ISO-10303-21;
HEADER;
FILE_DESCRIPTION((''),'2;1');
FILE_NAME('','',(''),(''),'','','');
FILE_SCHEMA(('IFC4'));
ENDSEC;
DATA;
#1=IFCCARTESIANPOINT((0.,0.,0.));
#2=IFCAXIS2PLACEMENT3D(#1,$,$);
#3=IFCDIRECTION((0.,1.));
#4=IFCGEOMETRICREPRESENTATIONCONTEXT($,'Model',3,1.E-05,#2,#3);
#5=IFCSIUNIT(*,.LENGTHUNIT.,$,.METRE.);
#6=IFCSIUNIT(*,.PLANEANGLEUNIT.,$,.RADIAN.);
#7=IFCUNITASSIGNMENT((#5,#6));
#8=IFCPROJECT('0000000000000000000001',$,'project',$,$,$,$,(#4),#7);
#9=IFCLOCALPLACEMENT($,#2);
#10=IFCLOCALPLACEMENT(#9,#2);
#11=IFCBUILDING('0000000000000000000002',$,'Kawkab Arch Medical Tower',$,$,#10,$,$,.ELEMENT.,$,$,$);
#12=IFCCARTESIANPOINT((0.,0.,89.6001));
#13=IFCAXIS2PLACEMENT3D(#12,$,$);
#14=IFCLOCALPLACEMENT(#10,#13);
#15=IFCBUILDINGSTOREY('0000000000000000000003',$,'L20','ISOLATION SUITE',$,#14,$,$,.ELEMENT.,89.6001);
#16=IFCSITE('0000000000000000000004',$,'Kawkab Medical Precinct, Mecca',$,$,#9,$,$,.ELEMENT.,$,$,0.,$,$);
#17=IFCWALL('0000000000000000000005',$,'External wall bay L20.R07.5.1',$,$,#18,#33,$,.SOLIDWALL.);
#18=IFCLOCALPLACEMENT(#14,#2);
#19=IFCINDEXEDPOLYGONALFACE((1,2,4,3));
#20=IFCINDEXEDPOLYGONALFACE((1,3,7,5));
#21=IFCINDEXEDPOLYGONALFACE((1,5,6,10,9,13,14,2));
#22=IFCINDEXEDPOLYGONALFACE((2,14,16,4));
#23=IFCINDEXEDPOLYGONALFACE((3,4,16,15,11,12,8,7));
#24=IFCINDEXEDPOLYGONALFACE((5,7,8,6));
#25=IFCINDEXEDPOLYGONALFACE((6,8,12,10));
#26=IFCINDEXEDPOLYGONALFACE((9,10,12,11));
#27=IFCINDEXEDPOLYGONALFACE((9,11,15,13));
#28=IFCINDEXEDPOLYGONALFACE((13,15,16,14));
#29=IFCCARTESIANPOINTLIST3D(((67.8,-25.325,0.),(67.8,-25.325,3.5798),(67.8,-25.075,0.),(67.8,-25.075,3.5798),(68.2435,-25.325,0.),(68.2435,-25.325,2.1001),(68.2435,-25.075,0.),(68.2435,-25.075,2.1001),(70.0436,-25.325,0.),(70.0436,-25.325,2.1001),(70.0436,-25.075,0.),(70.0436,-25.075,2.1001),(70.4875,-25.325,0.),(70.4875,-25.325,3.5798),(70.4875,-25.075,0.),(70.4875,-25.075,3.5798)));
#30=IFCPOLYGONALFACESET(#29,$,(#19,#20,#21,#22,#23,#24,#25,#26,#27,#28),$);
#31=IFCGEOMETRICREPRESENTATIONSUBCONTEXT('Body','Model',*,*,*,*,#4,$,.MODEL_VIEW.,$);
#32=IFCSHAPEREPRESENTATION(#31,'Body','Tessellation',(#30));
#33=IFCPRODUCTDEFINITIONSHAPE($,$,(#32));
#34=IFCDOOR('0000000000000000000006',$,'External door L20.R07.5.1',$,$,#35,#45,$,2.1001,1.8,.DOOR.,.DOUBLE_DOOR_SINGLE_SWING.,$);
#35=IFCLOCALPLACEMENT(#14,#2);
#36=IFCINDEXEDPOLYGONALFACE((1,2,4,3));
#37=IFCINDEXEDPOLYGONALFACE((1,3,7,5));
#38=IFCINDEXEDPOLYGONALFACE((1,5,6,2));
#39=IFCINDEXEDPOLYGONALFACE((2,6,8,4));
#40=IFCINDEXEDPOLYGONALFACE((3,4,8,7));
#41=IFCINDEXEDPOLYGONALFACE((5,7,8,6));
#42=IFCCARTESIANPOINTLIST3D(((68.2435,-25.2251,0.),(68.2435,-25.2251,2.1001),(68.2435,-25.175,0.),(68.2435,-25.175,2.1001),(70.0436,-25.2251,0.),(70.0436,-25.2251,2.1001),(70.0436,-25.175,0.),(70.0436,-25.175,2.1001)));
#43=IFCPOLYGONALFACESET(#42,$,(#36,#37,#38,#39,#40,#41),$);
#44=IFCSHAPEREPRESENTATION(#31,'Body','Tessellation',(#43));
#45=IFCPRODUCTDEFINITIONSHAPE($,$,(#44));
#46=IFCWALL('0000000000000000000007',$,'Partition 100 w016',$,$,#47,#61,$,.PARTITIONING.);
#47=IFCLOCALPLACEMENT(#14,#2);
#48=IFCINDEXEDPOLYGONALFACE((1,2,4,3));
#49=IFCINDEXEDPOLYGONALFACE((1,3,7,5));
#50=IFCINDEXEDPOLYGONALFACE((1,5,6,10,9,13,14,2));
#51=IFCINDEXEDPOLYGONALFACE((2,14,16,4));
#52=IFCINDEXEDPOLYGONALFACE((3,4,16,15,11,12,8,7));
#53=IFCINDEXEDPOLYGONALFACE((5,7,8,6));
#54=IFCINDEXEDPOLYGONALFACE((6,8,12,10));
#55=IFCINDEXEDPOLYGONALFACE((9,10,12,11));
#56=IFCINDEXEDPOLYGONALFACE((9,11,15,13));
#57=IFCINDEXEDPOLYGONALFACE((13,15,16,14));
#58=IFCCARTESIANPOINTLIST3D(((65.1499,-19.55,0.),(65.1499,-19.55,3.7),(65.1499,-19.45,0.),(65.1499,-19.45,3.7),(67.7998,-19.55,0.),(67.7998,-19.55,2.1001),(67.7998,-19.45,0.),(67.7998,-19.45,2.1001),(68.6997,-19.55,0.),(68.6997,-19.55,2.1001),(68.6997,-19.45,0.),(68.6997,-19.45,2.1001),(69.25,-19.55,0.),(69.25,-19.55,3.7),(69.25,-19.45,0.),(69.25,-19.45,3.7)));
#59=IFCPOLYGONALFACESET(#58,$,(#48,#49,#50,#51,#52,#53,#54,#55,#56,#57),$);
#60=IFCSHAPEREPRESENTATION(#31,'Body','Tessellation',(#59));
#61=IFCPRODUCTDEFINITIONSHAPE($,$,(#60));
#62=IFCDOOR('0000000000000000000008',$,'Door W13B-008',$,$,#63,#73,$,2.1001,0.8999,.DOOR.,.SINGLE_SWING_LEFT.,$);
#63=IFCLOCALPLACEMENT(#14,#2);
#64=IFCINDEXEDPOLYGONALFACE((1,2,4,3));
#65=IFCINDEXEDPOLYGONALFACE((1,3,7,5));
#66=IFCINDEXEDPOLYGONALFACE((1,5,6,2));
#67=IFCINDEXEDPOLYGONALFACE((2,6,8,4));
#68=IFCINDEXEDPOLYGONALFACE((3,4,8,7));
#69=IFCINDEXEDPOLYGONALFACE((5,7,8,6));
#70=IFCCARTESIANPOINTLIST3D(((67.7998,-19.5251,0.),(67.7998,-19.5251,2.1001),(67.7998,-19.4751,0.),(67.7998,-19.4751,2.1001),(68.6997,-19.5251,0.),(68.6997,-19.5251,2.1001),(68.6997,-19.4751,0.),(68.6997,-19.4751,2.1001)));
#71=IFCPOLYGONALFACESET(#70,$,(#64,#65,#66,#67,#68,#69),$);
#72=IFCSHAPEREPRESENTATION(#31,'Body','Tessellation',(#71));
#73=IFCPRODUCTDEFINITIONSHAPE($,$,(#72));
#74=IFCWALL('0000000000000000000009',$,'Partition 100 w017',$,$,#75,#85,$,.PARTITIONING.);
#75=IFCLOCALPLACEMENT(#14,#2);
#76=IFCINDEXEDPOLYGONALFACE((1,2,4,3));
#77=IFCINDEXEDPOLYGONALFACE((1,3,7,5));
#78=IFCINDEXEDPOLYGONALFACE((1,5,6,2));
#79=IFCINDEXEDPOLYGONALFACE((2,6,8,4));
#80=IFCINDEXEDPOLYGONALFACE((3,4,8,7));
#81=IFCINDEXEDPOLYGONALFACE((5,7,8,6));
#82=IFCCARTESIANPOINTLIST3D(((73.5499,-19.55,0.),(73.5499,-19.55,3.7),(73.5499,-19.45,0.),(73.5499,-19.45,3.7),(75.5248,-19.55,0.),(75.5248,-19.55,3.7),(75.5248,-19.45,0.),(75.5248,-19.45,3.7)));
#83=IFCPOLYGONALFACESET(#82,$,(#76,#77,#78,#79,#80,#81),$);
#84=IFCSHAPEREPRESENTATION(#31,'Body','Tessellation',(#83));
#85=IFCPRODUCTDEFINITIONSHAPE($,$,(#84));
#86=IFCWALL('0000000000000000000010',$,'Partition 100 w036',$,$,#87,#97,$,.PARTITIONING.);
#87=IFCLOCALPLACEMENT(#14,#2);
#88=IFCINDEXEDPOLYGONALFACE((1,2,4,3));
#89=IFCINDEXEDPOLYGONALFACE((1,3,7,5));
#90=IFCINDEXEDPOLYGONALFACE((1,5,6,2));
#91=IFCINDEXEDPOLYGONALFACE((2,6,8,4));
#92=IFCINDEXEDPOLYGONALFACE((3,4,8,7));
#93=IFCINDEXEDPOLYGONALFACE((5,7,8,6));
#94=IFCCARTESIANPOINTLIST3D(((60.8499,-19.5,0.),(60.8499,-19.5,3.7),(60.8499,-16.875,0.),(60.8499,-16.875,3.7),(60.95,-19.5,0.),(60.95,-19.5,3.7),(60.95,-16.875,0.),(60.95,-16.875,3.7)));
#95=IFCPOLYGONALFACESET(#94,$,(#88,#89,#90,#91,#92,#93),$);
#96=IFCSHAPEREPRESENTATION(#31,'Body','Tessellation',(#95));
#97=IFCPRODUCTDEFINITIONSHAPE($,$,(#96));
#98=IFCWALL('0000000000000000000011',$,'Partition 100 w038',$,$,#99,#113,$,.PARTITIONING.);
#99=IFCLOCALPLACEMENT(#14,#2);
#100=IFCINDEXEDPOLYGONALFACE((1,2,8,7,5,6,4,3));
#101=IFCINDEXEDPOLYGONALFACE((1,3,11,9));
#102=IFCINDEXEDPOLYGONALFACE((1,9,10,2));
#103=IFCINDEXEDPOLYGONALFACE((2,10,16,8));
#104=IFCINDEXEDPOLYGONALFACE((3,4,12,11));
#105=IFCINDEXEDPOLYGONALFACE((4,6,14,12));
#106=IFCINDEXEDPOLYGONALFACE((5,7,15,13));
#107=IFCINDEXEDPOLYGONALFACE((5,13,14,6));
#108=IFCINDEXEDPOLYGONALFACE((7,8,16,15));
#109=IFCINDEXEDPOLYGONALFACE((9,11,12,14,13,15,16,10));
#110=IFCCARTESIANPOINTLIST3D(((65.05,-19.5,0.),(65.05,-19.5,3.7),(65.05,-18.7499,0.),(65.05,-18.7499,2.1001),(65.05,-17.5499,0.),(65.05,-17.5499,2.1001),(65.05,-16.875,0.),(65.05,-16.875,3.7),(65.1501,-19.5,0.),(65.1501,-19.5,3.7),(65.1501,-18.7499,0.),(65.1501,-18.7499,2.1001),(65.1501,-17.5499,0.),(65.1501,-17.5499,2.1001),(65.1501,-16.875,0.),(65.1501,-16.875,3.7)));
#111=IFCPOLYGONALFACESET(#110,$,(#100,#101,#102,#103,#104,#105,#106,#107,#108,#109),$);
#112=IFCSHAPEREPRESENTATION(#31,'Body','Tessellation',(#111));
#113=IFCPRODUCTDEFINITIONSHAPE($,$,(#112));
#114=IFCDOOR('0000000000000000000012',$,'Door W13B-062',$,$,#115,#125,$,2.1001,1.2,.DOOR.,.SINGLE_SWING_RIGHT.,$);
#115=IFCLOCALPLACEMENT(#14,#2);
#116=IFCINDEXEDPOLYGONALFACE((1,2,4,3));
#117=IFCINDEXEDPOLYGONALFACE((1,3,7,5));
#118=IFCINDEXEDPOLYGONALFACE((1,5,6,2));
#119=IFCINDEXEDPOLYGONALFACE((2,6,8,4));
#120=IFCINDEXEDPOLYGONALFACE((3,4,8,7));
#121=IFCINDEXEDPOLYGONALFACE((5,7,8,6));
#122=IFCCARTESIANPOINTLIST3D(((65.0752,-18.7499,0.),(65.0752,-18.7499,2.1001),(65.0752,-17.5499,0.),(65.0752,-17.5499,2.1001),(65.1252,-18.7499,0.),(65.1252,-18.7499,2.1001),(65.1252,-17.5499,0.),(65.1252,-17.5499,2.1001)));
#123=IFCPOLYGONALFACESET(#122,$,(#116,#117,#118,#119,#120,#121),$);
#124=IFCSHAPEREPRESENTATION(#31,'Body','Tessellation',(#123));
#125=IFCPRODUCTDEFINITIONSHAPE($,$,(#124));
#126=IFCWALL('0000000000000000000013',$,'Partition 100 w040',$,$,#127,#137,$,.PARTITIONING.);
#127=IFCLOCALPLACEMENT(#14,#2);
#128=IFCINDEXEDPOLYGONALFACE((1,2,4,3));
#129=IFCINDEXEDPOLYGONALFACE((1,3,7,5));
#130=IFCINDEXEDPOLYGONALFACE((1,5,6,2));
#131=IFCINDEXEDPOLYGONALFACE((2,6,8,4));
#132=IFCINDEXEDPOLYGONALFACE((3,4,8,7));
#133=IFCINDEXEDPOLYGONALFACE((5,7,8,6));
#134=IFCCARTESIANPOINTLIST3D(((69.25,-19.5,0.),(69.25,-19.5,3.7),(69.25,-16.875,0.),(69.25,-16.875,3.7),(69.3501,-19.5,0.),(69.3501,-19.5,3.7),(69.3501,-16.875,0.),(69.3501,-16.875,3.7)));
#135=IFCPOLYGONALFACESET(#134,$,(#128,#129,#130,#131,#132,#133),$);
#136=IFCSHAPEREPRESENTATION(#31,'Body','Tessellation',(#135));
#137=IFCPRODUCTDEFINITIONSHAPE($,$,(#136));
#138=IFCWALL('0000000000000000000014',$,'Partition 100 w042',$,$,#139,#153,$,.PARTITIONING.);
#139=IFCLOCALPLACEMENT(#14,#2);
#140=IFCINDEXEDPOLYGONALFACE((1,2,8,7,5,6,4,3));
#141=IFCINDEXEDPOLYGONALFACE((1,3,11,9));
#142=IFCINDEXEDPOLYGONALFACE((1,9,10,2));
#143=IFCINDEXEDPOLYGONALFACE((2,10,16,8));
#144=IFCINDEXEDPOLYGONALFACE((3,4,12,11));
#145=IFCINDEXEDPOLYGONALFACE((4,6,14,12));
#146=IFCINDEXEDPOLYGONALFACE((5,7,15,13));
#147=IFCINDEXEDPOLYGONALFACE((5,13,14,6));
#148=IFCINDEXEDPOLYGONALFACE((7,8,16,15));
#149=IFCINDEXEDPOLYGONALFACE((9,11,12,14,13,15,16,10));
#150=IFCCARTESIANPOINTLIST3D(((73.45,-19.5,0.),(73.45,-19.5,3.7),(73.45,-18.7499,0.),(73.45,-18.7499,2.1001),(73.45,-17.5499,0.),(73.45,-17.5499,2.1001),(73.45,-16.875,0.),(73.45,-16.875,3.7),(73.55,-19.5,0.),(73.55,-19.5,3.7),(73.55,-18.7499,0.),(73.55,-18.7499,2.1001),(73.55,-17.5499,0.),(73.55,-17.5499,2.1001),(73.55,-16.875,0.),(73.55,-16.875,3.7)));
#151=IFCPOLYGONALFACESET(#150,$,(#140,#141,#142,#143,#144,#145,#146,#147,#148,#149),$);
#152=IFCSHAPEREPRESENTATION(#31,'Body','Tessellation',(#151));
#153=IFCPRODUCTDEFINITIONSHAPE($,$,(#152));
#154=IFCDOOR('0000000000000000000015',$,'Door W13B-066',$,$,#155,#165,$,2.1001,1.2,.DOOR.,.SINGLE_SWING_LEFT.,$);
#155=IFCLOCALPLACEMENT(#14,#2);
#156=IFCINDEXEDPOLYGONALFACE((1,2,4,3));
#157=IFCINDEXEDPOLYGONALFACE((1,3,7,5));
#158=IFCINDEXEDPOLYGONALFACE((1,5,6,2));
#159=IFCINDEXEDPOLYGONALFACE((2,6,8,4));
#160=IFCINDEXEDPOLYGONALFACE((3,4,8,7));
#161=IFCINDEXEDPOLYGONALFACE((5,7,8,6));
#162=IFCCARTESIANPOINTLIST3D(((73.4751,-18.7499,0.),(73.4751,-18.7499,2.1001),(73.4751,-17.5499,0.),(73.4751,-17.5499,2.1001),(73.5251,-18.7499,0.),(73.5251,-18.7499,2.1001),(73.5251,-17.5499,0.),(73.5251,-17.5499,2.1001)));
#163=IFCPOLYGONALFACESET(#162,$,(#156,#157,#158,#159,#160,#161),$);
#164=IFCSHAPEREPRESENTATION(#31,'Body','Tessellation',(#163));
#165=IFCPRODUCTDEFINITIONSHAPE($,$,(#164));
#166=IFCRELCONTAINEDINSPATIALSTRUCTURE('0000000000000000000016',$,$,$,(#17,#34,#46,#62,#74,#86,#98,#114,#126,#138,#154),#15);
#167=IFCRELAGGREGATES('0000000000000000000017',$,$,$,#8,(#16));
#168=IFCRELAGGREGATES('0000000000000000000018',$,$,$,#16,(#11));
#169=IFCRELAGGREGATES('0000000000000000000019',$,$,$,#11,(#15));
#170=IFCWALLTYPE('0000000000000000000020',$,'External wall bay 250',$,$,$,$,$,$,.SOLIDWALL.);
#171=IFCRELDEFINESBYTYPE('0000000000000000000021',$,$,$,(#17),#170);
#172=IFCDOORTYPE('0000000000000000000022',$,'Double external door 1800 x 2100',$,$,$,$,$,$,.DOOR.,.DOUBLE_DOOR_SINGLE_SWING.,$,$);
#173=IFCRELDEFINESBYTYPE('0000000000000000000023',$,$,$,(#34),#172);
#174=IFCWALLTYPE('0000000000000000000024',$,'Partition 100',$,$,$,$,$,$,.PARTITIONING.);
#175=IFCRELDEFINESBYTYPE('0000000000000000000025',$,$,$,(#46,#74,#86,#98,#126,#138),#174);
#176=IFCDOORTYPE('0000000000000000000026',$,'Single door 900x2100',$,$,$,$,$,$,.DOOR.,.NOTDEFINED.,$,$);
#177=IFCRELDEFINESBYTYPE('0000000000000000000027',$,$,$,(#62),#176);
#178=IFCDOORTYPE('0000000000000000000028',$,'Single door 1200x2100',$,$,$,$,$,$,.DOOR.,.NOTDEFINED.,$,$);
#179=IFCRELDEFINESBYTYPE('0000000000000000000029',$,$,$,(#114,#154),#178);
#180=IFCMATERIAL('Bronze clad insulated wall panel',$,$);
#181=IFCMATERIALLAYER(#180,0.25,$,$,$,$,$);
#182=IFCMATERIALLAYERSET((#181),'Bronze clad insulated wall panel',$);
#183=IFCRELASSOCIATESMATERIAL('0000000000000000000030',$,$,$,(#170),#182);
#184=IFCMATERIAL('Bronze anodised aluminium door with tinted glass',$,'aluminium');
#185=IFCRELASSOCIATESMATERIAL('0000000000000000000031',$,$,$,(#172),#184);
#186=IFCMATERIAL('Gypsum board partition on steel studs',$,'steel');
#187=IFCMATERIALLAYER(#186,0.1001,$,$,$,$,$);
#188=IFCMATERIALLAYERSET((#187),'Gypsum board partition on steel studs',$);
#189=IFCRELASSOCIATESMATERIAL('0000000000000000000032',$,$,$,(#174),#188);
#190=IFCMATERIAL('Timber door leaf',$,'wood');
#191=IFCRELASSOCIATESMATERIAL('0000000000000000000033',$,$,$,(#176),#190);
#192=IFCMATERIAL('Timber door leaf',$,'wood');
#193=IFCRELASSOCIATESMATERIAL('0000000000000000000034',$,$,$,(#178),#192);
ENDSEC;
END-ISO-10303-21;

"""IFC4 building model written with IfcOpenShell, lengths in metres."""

from ifc_helpers import new_model, si_unit, direction, frame, frame_2d, origin, place, context, subcontext, project, spatial, rectangle, extrude, material, layer, layer_set, type_object, element, fill, save


model = new_model("IFC4")

# Units and contexts
model_context = context("Model", 3, precision=1e-05, world=origin(), true_north=direction((0.0, 1.0)))
body_context = subcontext(model_context, "Body", "Model", "MODEL_VIEW")
ifc_project = project(units=[si_unit("LENGTHUNIT", "METRE"), si_unit("PLANEANGLEUNIT", "RADIAN")], contexts=[model_context])

# Site, building, storey
site_placement = place(None, origin())
site = spatial("IfcSite", under=ifc_project, at=site_placement, Name="Kawkab Medical Precinct, Mecca", CompositionType="ELEMENT", RefElevation=0.0)
building_placement = place(site_placement, origin())
building = spatial("IfcBuilding", under=site, at=building_placement, Name="Kawkab Arch Medical Tower", CompositionType="ELEMENT")
storey_placement = place(building_placement, frame((0.0, 0.0, 89.6001)))
storey = spatial("IfcBuildingStorey", under=building, at=storey_placement, Name="L20", Description="ISOLATION SUITE", CompositionType="ELEMENT", Elevation=89.6001)

# Walls, openings, doors
ifc_material_1 = material(Name="Bronze clad insulated wall panel")
ifc_layer_1 = layer(ifc_material_1, 0.25)
ifc_layer_set_1 = layer_set([ifc_layer_1], Name="Bronze clad insulated wall panel")
wall_type_1 = type_object("IfcWallType", Name="External wall bay 250", PredefinedType="SOLIDWALL", material=ifc_layer_set_1)
wall_1_placement = place(storey_placement, frame((67.8, -25.2, 0.0), z_axis=(0.0, 0.0, 1.0), x_axis=(1.0, 0.0, 0.0)))
wall_1 = element("IfcWall", 1, at=wall_1_placement, inside=storey, type_object=wall_type_1, Name="External wall bay L20.R07.5.1", PredefinedType="SOLIDWALL", context=body_context, shape_type="SweptSolid", body=[
    extrude(rectangle(XDim=2.6875, YDim=0.25, at=frame_2d((1.3438, 0.0))), origin(), (0.0, 0.0, 1.0), 3.5798),
])
opening_1_placement = place(wall_1_placement, frame((0.4436, 0.0, 0.0)))
opening_1 = element("IfcOpeningElement", 2, at=opening_1_placement, cuts=wall_1, PredefinedType="OPENING", context=body_context, shape_type="SweptSolid", body=[
    extrude(rectangle(XDim=1.8, YDim=2.1001, at=frame_2d((0.8999, 1.05))), frame((0.0, 0.135, 0.0), z_axis=(0.0, -1.0, 0.0), x_axis=(1.0, 0.0, 0.0)), (0.0, 0.0, 1.0), 0.27),
])
ifc_material_2 = material(Name="Bronze anodised aluminium door with tinted glass", Category="aluminium")
door_type_1 = type_object("IfcDoorType", Name="Double external door 1800 x 2100", OperationType="DOUBLE_DOOR_SINGLE_SWING", PredefinedType="DOOR", material=ifc_material_2)
door_1_placement = place(opening_1_placement, origin())
door_1 = element("IfcDoor", 3, at=door_1_placement, inside=storey, type_object=door_type_1, Name="External door L20.R07.5.1", OperationType="DOUBLE_DOOR_SINGLE_SWING", OverallHeight=2.1001, OverallWidth=1.8, PredefinedType="DOOR", context=body_context, shape_type="SweptSolid", body=[
    extrude(rectangle(XDim=1.8, YDim=2.1001, at=frame_2d((0.8999, 1.05))), frame((0.0, 0.0249, 0.0), z_axis=(0.0, -1.0, 0.0), x_axis=(1.0, 0.0, 0.0)), (0.0, 0.0, 1.0), 0.05),
])
fill(opening_1, door_1)
ifc_material_3 = material(Name="Gypsum board partition on steel studs", Category="steel")
ifc_layer_2 = layer(ifc_material_3, 0.1001)
ifc_layer_set_2 = layer_set([ifc_layer_2], Name="Gypsum board partition on steel studs")
wall_type_2 = type_object("IfcWallType", Name="Partition 100", PredefinedType="PARTITIONING", material=ifc_layer_set_2)
wall_2_placement = place(storey_placement, frame((65.1499, -19.5, 0.0), z_axis=(0.0, 0.0, 1.0), x_axis=(1.0, 0.0, 0.0)))
wall_2 = element("IfcWall", 4, at=wall_2_placement, inside=storey, type_object=wall_type_2, Name="Partition 100 w016", PredefinedType="PARTITIONING", context=body_context, shape_type="SweptSolid", body=[
    extrude(rectangle(XDim=4.1001, YDim=0.1001, at=frame_2d((2.05, 0.0))), origin(), (0.0, 0.0, 1.0), 3.7),
])
opening_2_placement = place(wall_2_placement, frame((2.6499, 0.0, 0.0)))
opening_2 = element("IfcOpeningElement", 5, at=opening_2_placement, cuts=wall_2, PredefinedType="OPENING", context=body_context, shape_type="SweptSolid", body=[
    extrude(rectangle(XDim=0.8999, YDim=2.1001, at=frame_2d((0.45, 1.05))), frame((0.0, 0.0601, 0.0), z_axis=(0.0, -1.0, 0.0), x_axis=(1.0, 0.0, 0.0)), (0.0, 0.0, 1.0), 0.1201),
])
ifc_material_4 = material(Name="Timber door leaf", Category="wood")
door_type_2 = type_object("IfcDoorType", Name="Single door 900x2100", OperationType="NOTDEFINED", PredefinedType="DOOR", material=ifc_material_4)
door_2_placement = place(opening_2_placement, origin())
door_2 = element("IfcDoor", 6, at=door_2_placement, inside=storey, type_object=door_type_2, Name="Door W13B-008", OperationType="SINGLE_SWING_LEFT", OverallHeight=2.1001, OverallWidth=0.8999, PredefinedType="DOOR", context=body_context, shape_type="SweptSolid", body=[
    extrude(rectangle(XDim=0.8999, YDim=2.1001, at=frame_2d((0.45, 1.05))), frame((0.0, 0.0249, 0.0), z_axis=(0.0, -1.0, 0.0), x_axis=(1.0, 0.0, 0.0)), (0.0, 0.0, 1.0), 0.05),
])
fill(opening_2, door_2)

# Walls
wall_3_placement = place(storey_placement, frame((73.55, -19.5, 0.0), z_axis=(0.0, 0.0, 1.0), x_axis=(1.0, 0.0, 0.0)))
element("IfcWall", 7, at=wall_3_placement, inside=storey, type_object=wall_type_2, Name="Partition 100 w017", PredefinedType="PARTITIONING", context=body_context, shape_type="SweptSolid", body=[
    extrude(rectangle(XDim=1.9749, YDim=0.1001, at=frame_2d((0.9873, 0.0))), origin(), (0.0, 0.0, 1.0), 3.7),
])
wall_4_placement = place(storey_placement, frame((60.8999, -19.5, 0.0), z_axis=(0.0, 0.0, 1.0), x_axis=(0.0, 1.0, 0.0)))
element("IfcWall", 8, at=wall_4_placement, inside=storey, type_object=wall_type_2, Name="Partition 100 w036", PredefinedType="PARTITIONING", context=body_context, shape_type="SweptSolid", body=[
    extrude(rectangle(XDim=2.625, YDim=0.1001, at=frame_2d((1.3125, 0.0))), origin(), (0.0, 0.0, 1.0), 3.7),
])

# Wall, opening, door
wall_5_placement = place(storey_placement, frame((65.1001, -19.5, 0.0), z_axis=(0.0, 0.0, 1.0), x_axis=(0.0, 1.0, 0.0)))
wall_5 = element("IfcWall", 9, at=wall_5_placement, inside=storey, type_object=wall_type_2, Name="Partition 100 w038", PredefinedType="PARTITIONING", context=body_context, shape_type="SweptSolid", body=[
    extrude(rectangle(XDim=2.625, YDim=0.1001, at=frame_2d((1.3125, 0.0))), origin(), (0.0, 0.0, 1.0), 3.7),
])
opening_3_placement = place(wall_5_placement, frame((0.75, 0.0, 0.0)))
opening_3 = element("IfcOpeningElement", 10, at=opening_3_placement, cuts=wall_5, PredefinedType="OPENING", context=body_context, shape_type="SweptSolid", body=[
    extrude(rectangle(XDim=1.2, YDim=2.1001, at=frame_2d((0.6001, 1.05))), frame((0.0, 0.0601, 0.0), z_axis=(0.0, -1.0, 0.0), x_axis=(1.0, 0.0, 0.0)), (0.0, 0.0, 1.0), 0.1201),
])
ifc_material_5 = material(Name="Timber door leaf", Category="wood")
door_type_3 = type_object("IfcDoorType", Name="Single door 1200x2100", OperationType="NOTDEFINED", PredefinedType="DOOR", material=ifc_material_5)
door_3_placement = place(opening_3_placement, origin())
door_3 = element("IfcDoor", 11, at=door_3_placement, inside=storey, type_object=door_type_3, Name="Door W13B-062", OperationType="SINGLE_SWING_RIGHT", OverallHeight=2.1001, OverallWidth=1.2, PredefinedType="DOOR", context=body_context, shape_type="SweptSolid", body=[
    extrude(rectangle(XDim=1.2, YDim=2.1001, at=frame_2d((0.6001, 1.05))), frame((0.0, 0.0249, 0.0), z_axis=(0.0, -1.0, 0.0), x_axis=(1.0, 0.0, 0.0)), (0.0, 0.0, 1.0), 0.05),
])
fill(opening_3, door_3)

# Wall
wall_6_placement = place(storey_placement, frame((69.3, -19.5, 0.0), z_axis=(0.0, 0.0, 1.0), x_axis=(0.0, 1.0, 0.0)))
element("IfcWall", 12, at=wall_6_placement, inside=storey, type_object=wall_type_2, Name="Partition 100 w040", PredefinedType="PARTITIONING", context=body_context, shape_type="SweptSolid", body=[
    extrude(rectangle(XDim=2.625, YDim=0.1001, at=frame_2d((1.3125, 0.0))), origin(), (0.0, 0.0, 1.0), 3.7),
])

# Wall, opening, door
wall_7_placement = place(storey_placement, frame((73.5, -19.5, 0.0), z_axis=(0.0, 0.0, 1.0), x_axis=(0.0, 1.0, 0.0)))
wall_7 = element("IfcWall", 13, at=wall_7_placement, inside=storey, type_object=wall_type_2, Name="Partition 100 w042", PredefinedType="PARTITIONING", context=body_context, shape_type="SweptSolid", body=[
    extrude(rectangle(XDim=2.625, YDim=0.1001, at=frame_2d((1.3125, 0.0))), origin(), (0.0, 0.0, 1.0), 3.7),
])
opening_4_placement = place(wall_7_placement, frame((0.75, 0.0, 0.0)))
opening_4 = element("IfcOpeningElement", 14, at=opening_4_placement, cuts=wall_7, PredefinedType="OPENING", context=body_context, shape_type="SweptSolid", body=[
    extrude(rectangle(XDim=1.2, YDim=2.1001, at=frame_2d((0.6001, 1.05))), frame((0.0, 0.0601, 0.0), z_axis=(0.0, -1.0, 0.0), x_axis=(1.0, 0.0, 0.0)), (0.0, 0.0, 1.0), 0.1201),
])
door_4_placement = place(opening_4_placement, origin())
door_4 = element("IfcDoor", 15, at=door_4_placement, inside=storey, type_object=door_type_3, Name="Door W13B-066", OperationType="SINGLE_SWING_LEFT", OverallHeight=2.1001, OverallWidth=1.2, PredefinedType="DOOR", context=body_context, shape_type="SweptSolid", body=[
    extrude(rectangle(XDim=1.2, YDim=2.1001, at=frame_2d((0.6001, 1.05))), frame((0.0, 0.0249, 0.0), z_axis=(0.0, -1.0, 0.0), x_axis=(1.0, 0.0, 0.0)), (0.0, 0.0, 1.0), 0.05),
])
fill(opening_4, door_4)

save(model, "model.ifc")
